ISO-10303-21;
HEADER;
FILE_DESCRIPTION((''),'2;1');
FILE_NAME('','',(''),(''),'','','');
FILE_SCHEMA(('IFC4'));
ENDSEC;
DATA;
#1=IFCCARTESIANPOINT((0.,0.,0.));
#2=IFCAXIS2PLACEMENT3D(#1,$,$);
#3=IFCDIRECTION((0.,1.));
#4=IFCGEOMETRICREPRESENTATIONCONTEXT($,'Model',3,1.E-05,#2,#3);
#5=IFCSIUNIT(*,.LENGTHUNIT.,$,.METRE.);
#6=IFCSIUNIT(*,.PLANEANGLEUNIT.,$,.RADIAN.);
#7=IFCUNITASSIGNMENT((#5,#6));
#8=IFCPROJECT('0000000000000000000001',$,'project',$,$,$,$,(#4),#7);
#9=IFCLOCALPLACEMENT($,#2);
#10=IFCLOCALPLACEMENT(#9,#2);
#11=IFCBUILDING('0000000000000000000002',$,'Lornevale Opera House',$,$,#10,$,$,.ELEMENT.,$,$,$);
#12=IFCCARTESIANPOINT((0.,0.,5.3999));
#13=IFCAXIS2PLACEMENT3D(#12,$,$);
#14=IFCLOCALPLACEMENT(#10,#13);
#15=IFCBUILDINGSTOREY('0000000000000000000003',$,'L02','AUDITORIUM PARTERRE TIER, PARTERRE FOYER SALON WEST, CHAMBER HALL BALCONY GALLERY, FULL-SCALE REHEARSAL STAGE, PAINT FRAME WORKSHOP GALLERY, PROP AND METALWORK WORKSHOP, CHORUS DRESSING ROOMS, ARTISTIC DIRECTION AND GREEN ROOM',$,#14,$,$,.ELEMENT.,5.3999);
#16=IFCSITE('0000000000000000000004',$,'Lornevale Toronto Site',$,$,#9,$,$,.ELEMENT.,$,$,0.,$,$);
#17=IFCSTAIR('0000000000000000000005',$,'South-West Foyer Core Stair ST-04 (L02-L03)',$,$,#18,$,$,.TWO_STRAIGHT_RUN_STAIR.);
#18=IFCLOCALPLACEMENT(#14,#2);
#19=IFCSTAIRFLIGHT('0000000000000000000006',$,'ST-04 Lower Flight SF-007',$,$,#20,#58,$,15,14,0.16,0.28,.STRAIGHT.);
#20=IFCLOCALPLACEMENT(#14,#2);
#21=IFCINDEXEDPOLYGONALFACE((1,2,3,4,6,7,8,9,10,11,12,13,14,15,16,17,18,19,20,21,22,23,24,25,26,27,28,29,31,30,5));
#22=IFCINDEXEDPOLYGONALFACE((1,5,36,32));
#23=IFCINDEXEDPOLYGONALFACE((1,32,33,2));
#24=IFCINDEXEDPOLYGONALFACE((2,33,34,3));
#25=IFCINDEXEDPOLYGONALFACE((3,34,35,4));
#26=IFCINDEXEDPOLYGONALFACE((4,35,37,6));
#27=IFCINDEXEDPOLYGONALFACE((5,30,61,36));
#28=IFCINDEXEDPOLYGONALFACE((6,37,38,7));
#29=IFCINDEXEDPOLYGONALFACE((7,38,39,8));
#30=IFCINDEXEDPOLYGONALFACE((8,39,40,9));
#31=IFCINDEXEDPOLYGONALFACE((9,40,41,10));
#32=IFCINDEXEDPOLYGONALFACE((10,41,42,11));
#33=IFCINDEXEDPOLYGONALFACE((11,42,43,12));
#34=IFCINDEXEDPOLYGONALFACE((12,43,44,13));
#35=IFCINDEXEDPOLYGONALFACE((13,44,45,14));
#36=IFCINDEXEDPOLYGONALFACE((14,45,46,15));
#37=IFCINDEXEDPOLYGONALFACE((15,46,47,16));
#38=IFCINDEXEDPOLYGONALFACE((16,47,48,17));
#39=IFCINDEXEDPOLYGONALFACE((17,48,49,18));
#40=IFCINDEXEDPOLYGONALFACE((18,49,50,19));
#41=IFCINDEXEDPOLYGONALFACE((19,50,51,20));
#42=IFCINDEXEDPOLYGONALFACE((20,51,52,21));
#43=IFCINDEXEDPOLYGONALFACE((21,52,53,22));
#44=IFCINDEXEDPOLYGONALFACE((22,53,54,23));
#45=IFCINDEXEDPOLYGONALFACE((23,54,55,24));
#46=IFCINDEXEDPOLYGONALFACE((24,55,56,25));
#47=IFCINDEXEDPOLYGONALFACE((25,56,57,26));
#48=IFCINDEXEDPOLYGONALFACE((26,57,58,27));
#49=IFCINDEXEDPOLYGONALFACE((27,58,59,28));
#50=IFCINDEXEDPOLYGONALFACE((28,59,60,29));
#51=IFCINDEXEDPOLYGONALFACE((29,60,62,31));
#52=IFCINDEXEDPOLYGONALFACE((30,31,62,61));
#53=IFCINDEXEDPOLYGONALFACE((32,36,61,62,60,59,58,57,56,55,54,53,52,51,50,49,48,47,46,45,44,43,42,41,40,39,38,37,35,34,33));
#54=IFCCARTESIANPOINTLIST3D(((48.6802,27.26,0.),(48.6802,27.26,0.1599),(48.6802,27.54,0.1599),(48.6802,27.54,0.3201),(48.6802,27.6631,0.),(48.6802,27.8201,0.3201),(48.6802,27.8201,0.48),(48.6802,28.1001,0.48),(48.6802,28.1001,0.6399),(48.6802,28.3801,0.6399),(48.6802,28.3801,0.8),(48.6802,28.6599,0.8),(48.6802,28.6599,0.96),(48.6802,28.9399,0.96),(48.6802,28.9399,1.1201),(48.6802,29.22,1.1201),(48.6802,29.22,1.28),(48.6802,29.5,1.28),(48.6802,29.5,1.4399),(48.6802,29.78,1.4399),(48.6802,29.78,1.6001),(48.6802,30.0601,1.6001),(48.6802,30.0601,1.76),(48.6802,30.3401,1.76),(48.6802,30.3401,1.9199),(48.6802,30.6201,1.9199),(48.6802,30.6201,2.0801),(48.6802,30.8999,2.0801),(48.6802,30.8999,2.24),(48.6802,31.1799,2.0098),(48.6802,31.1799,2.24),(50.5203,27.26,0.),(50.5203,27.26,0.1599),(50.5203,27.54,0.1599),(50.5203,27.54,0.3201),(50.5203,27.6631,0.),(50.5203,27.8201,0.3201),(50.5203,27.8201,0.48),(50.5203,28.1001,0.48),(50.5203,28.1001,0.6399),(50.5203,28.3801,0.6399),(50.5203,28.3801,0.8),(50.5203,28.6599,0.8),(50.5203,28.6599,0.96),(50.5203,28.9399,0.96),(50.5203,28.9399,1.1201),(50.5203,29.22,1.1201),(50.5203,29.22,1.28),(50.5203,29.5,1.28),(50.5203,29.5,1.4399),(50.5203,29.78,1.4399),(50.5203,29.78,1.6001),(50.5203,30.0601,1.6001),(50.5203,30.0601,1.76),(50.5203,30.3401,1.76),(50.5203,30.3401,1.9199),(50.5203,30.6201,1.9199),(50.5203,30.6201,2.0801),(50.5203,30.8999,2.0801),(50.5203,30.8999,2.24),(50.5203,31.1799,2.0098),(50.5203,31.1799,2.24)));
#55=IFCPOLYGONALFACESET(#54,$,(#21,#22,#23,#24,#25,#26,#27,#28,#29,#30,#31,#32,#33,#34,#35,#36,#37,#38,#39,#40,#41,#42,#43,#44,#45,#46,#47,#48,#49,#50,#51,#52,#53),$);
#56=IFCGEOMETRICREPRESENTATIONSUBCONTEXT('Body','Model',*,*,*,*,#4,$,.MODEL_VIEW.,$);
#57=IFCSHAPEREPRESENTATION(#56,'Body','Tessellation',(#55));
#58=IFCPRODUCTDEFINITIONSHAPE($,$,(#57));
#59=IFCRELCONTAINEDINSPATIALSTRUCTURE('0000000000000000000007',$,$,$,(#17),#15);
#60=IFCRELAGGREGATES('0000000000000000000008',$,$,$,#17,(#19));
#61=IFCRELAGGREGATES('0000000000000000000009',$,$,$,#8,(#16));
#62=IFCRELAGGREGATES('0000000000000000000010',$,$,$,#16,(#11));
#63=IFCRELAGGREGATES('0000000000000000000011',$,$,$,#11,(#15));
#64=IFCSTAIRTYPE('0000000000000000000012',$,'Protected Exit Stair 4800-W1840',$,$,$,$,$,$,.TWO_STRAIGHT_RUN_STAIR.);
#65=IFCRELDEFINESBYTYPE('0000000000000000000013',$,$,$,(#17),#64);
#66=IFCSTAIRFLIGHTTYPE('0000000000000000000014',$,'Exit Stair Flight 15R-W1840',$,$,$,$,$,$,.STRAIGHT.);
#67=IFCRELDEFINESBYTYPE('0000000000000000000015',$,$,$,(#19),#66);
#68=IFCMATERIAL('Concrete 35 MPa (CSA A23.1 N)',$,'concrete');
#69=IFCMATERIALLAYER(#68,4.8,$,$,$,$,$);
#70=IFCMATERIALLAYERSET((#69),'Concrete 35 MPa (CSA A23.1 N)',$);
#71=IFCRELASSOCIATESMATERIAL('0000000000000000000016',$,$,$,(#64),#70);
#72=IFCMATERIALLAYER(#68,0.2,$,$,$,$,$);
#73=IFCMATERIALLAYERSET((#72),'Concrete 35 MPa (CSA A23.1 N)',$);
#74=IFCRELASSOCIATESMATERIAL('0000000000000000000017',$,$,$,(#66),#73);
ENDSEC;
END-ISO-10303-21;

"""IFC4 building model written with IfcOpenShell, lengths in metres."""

from ifc_helpers import new_model, si_unit, direction, frame, origin, place, context, subcontext, project, spatial, polyline, outline, extrude, material, layer, layer_set, type_object, element, aggregate, save


model = new_model("IFC4")

# Units and contexts
model_context = context("Model", 3, precision=1e-05, world=origin(), true_north=direction((0.0, 1.0)))
body_context = subcontext(model_context, "Body", "Model", "MODEL_VIEW")
ifc_project = project(units=[si_unit("LENGTHUNIT", "METRE"), si_unit("PLANEANGLEUNIT", "RADIAN")], contexts=[model_context])

# Site, building, storey
site_placement = place(None, origin())
site = spatial("IfcSite", under=ifc_project, at=site_placement, Name="Lornevale Toronto Site", CompositionType="ELEMENT", RefElevation=0.0)
building_placement = place(site_placement, origin())
building = spatial("IfcBuilding", under=site, at=building_placement, Name="Lornevale Opera House", CompositionType="ELEMENT")
storey_placement = place(building_placement, frame((0.0, 0.0, 5.3999)))
storey = spatial("IfcBuildingStorey", under=building, at=storey_placement, Name="L02", Description="AUDITORIUM PARTERRE TIER, PARTERRE FOYER SALON WEST, CHAMBER HALL BALCONY GALLERY, FULL-SCALE REHEARSAL STAGE, PAINT FRAME WORKSHOP GALLERY, PROP AND METALWORK WORKSHOP, CHORUS DRESSING ROOMS, ARTISTIC DIRECTION AND GREEN ROOM", CompositionType="ELEMENT", Elevation=5.3999)

# Shared definitions
ifc_material_1 = material(Name="Concrete 35 MPa (CSA A23.1 N)", Category="concrete")

# Stair, stair flight
ifc_layer_1 = layer(ifc_material_1, 4.8)
ifc_layer_set_1 = layer_set([ifc_layer_1], Name="Concrete 35 MPa (CSA A23.1 N)")
stair_type = type_object("IfcStairType", Name="Protected Exit Stair 4800-W1840", PredefinedType="TWO_STRAIGHT_RUN_STAIR", material=ifc_layer_set_1)
stair_placement = place(storey_placement, origin())
stair = element("IfcStair", 1, at=stair_placement, inside=storey, type_object=stair_type, Name="South-West Foyer Core Stair ST-04 (L02-L03)", PredefinedType="TWO_STRAIGHT_RUN_STAIR")
ifc_layer_2 = layer(ifc_material_1, 0.2)
ifc_layer_set_2 = layer_set([ifc_layer_2], Name="Concrete 35 MPa (CSA A23.1 N)")
stair_flight_type = type_object("IfcStairFlightType", Name="Exit Stair Flight 15R-W1840", PredefinedType="STRAIGHT", material=ifc_layer_set_2)
stair_flight_placement = place(storey_placement, frame((49.6001, 27.26, 0.0), z_axis=(0.0, 0.0, 1.0), x_axis=(0.0, 1.0, 0.0)))
stair_flight = element("IfcStairFlight", 2, at=stair_flight_placement, type_object=stair_flight_type, Name="ST-04 Lower Flight SF-007", NumberOfRisers=15, NumberOfTreads=14, PredefinedType="STRAIGHT", RiserHeight=0.16, TreadLength=0.28, context=body_context, shape_type="SweptSolid", body=[
    extrude(outline(polyline([(0.0, 0.0), (0.0, 0.1599), (0.28, 0.1599), (0.28, 0.3201), (0.5601, 0.3201), (0.5601, 0.48), (0.8401, 0.48), (0.8401, 0.6399), (1.1201, 0.6399), (1.1201, 0.8), (1.3999, 0.8), (1.3999, 0.96), (1.6799, 0.96), (1.6799, 1.1201), (1.96, 1.1201), (1.96, 1.28), (2.24, 1.28), (2.24, 1.4399), (2.52, 1.4399), (2.52, 1.6001), (2.8, 1.6001), (2.8, 1.76), (3.0801, 1.76), (3.0801, 1.9199), (3.3601, 1.9199), (3.3601, 2.0801), (3.6399, 2.0801), (3.6399, 2.24), (3.9199, 2.24), (3.9199, 2.0098), (0.4031, 0.0), (0.0, 0.0)])), frame((0.0, 0.9199, 0.0), z_axis=(0.0, -1.0, 0.0), x_axis=(1.0, 0.0, 0.0)), (0.0, 0.0, 1.0), 1.8401),
])
aggregate(stair, [stair_flight])

save(model, "model.ifc")
